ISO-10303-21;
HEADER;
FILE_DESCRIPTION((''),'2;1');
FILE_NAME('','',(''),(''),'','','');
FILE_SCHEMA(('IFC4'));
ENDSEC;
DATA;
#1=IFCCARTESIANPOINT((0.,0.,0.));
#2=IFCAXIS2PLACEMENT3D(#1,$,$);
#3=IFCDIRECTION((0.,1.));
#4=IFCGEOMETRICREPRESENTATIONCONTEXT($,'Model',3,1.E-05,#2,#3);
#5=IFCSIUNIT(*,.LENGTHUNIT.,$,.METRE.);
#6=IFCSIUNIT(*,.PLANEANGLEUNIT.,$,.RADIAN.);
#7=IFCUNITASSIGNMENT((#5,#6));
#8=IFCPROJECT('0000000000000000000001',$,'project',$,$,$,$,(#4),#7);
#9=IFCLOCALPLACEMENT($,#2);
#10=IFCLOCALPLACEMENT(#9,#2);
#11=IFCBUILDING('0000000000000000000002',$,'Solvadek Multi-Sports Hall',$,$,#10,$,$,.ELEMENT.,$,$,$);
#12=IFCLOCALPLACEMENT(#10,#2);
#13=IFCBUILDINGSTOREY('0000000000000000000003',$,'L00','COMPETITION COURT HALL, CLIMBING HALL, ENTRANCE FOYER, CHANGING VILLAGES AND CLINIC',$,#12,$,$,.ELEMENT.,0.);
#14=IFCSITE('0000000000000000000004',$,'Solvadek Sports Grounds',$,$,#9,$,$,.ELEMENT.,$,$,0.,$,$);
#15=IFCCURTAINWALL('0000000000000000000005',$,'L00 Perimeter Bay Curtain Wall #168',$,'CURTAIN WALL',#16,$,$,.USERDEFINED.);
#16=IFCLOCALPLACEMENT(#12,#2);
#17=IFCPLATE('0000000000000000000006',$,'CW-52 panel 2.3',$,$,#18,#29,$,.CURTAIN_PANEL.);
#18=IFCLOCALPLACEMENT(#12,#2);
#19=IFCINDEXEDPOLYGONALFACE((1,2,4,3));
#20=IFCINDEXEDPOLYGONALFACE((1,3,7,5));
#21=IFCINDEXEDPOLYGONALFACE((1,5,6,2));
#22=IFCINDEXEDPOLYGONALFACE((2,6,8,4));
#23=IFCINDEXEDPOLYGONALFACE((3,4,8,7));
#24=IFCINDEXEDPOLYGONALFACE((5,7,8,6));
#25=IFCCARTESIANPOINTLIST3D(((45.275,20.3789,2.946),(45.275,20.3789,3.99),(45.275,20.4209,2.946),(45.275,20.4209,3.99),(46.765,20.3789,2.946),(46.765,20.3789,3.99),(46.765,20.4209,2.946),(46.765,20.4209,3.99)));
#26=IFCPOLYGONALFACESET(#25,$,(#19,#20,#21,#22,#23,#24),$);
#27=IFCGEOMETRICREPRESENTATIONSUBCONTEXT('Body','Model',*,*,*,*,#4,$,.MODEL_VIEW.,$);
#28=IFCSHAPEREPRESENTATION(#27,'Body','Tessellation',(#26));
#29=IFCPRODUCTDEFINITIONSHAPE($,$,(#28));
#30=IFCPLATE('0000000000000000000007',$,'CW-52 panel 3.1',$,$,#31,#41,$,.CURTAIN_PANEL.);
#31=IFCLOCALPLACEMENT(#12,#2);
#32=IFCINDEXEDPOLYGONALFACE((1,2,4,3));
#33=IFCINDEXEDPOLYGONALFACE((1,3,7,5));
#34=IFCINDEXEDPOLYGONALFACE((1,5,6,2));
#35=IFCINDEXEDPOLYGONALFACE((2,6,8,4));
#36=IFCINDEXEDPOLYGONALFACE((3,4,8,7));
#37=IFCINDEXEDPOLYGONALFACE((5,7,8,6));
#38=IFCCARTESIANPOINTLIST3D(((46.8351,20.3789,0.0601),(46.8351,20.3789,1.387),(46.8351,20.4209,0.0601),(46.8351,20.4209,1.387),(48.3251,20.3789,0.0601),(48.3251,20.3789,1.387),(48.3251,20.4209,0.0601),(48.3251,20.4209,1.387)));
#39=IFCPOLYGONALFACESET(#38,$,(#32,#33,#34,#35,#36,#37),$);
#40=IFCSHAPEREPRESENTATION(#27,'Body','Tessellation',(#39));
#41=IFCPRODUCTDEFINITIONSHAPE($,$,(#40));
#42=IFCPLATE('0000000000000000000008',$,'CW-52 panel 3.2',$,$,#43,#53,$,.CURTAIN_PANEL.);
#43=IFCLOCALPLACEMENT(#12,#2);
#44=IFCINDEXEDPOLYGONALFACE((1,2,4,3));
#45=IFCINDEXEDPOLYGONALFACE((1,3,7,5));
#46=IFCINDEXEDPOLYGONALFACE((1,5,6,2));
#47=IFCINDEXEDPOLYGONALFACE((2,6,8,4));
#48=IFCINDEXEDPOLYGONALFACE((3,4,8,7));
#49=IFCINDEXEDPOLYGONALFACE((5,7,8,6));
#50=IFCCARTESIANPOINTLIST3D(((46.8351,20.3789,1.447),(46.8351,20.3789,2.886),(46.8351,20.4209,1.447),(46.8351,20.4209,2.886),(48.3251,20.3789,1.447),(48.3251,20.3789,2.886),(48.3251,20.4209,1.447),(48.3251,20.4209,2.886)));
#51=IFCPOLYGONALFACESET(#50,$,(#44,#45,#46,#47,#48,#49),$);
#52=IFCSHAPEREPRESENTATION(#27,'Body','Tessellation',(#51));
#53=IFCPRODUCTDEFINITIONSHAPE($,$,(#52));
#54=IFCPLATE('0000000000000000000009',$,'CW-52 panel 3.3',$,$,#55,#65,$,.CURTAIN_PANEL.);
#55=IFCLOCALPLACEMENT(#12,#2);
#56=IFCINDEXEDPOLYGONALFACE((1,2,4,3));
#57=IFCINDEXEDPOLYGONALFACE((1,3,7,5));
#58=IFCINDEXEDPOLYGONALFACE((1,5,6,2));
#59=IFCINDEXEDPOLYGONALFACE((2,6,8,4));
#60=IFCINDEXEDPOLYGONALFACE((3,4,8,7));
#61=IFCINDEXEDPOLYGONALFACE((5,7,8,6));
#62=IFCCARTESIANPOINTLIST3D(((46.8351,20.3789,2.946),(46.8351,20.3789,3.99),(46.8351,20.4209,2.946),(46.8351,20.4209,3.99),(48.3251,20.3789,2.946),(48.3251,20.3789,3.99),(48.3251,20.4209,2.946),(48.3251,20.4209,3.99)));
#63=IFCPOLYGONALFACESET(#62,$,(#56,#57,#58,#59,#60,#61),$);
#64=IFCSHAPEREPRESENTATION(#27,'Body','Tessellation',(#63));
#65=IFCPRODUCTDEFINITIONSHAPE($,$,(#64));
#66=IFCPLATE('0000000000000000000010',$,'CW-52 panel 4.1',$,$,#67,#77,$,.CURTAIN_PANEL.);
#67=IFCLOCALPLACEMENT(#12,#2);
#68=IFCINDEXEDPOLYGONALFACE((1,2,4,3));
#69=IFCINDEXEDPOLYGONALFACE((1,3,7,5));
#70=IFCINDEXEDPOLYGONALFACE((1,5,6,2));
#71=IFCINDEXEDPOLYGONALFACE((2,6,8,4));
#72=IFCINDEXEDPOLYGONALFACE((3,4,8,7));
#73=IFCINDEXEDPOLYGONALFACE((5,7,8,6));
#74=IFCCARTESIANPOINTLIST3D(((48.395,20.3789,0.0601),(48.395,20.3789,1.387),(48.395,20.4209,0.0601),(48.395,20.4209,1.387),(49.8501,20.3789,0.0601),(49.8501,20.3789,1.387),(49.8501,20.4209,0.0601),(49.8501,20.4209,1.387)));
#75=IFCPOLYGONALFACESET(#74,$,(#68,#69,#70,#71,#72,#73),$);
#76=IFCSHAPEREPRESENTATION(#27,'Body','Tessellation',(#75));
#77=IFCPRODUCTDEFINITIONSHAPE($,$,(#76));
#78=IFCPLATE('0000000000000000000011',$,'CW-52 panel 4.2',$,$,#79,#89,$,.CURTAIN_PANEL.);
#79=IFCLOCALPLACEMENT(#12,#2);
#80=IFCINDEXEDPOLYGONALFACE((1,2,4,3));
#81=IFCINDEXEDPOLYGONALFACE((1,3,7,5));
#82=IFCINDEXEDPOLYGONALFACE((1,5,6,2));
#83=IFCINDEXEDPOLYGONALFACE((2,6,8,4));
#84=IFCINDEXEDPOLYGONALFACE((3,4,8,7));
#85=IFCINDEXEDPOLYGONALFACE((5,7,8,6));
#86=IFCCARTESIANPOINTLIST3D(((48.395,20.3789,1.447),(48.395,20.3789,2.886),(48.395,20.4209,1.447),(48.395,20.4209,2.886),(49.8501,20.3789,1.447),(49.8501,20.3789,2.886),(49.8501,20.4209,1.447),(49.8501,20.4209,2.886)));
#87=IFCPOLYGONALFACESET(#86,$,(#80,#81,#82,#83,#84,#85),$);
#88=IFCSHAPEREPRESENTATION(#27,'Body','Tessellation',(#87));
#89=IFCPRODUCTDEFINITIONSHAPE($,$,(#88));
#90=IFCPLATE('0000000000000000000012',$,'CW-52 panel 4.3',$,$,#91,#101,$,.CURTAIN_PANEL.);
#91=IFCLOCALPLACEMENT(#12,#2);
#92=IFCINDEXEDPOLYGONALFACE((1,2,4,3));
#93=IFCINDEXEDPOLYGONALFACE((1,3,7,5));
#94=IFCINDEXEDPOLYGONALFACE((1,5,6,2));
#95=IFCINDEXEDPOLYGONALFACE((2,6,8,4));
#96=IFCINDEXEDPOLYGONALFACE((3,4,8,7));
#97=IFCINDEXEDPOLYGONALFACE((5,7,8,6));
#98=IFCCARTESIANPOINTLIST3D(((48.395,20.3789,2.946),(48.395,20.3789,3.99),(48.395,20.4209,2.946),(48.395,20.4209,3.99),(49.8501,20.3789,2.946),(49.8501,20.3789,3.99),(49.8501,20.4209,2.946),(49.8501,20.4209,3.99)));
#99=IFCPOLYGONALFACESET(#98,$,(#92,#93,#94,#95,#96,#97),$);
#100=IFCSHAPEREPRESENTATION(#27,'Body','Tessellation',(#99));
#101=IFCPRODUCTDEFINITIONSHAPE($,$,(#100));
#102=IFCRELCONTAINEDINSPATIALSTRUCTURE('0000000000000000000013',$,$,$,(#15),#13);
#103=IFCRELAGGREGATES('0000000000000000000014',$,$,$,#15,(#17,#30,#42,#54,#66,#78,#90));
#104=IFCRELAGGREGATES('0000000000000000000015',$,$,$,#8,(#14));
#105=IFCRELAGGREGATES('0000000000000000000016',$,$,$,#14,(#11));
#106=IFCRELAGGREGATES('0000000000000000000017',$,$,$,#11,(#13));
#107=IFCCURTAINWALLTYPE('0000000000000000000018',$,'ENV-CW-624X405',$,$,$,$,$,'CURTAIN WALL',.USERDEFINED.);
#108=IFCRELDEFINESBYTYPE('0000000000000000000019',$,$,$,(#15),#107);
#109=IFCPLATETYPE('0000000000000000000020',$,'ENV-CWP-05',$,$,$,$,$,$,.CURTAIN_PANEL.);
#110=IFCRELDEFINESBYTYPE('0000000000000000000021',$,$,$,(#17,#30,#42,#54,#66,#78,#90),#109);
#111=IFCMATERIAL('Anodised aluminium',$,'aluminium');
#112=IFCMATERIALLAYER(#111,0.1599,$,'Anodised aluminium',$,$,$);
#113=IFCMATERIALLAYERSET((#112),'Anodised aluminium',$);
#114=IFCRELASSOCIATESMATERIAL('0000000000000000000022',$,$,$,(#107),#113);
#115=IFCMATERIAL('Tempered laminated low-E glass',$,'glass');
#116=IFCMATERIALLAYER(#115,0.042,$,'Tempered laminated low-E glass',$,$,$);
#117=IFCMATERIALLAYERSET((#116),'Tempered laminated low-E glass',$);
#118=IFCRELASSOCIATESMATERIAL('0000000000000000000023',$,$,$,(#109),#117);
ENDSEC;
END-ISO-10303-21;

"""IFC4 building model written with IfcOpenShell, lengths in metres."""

from ifc_helpers import new_model, si_unit, direction, frame, origin, origin_2d, place, context, subcontext, project, spatial, rectangle, extrude, material, layer, layer_set, type_object, element, aggregate, save


model = new_model("IFC4")

# Units and contexts
model_context = context("Model", 3, precision=1e-05, world=origin(), true_north=direction((0.0, 1.0)))
body_context = subcontext(model_context, "Body", "Model", "MODEL_VIEW")
ifc_project = project(units=[si_unit("LENGTHUNIT", "METRE"), si_unit("PLANEANGLEUNIT", "RADIAN")], contexts=[model_context])

# Site, building, storey
site_placement = place(None, origin())
site = spatial("IfcSite", under=ifc_project, at=site_placement, Name="Solvadek Sports Grounds", CompositionType="ELEMENT", RefElevation=0.0)
building_placement = place(site_placement, origin())
building = spatial("IfcBuilding", under=site, at=building_placement, Name="Solvadek Multi-Sports Hall", CompositionType="ELEMENT")
storey_placement = place(building_placement, origin())
storey = spatial("IfcBuildingStorey", under=building, at=storey_placement, Name="L00", Description="COMPETITION COURT HALL, CLIMBING HALL, ENTRANCE FOYER, CHANGING VILLAGES AND CLINIC", CompositionType="ELEMENT", Elevation=0.0)

# Curtain wall
ifc_material_1 = material(Name="Anodised aluminium", Category="aluminium")
ifc_layer_1 = layer(ifc_material_1, 0.1599, Name="Anodised aluminium")
ifc_layer_set_1 = layer_set([ifc_layer_1], Name="Anodised aluminium")
curtain_wall_type = type_object("IfcCurtainWallType", Name="ENV-CW-624X405", ElementType="CURTAIN WALL", PredefinedType="USERDEFINED", material=ifc_layer_set_1)
curtain_wall_placement = place(storey_placement, origin())
curtain_wall = element("IfcCurtainWall", 1, at=curtain_wall_placement, inside=storey, type_object=curtain_wall_type, Name="L00 Perimeter Bay Curtain Wall #168", ObjectType="CURTAIN WALL", PredefinedType="USERDEFINED")

# Plates
ifc_material_2 = material(Name="Tempered laminated low-E glass", Category="glass")
ifc_layer_2 = layer(ifc_material_2, 0.042, Name="Tempered laminated low-E glass")
ifc_layer_set_2 = layer_set([ifc_layer_2], Name="Tempered laminated low-E glass")
plate_type = type_object("IfcPlateType", Name="ENV-CWP-05", PredefinedType="CURTAIN_PANEL", material=ifc_layer_set_2)
plate_1_placement = place(storey_placement, frame((46.02, 20.3999, 2.946), z_axis=(0.0, 0.0, 1.0), x_axis=(1.0, 0.0, 0.0)))
plate_1 = element("IfcPlate", 2, at=plate_1_placement, type_object=plate_type, Name="CW-52 panel 2.3", PredefinedType="CURTAIN_PANEL", context=body_context, shape_type="SweptSolid", body=[
    extrude(rectangle(XDim=1.49, YDim=0.042, at=origin_2d()), origin(), (0.0, 0.0, 1.0), 1.0439),
])
plate_2_placement = place(storey_placement, frame((47.5801, 20.3999, 0.0601), z_axis=(0.0, 0.0, 1.0), x_axis=(1.0, 0.0, 0.0)))
plate_2 = element("IfcPlate", 3, at=plate_2_placement, type_object=plate_type, Name="CW-52 panel 3.1", PredefinedType="CURTAIN_PANEL", context=body_context, shape_type="SweptSolid", body=[
    extrude(rectangle(XDim=1.49, YDim=0.042, at=origin_2d()), origin(), (0.0, 0.0, 1.0), 1.3269),
])
plate_3_placement = place(storey_placement, frame((47.5801, 20.3999, 1.447), z_axis=(0.0, 0.0, 1.0), x_axis=(1.0, 0.0, 0.0)))
plate_3 = element("IfcPlate", 4, at=plate_3_placement, type_object=plate_type, Name="CW-52 panel 3.2", PredefinedType="CURTAIN_PANEL", context=body_context, shape_type="SweptSolid", body=[
    extrude(rectangle(XDim=1.49, YDim=0.042, at=origin_2d()), origin(), (0.0, 0.0, 1.0), 1.439),
])
plate_4_placement = place(storey_placement, frame((47.5801, 20.3999, 2.946), z_axis=(0.0, 0.0, 1.0), x_axis=(1.0, 0.0, 0.0)))
plate_4 = element("IfcPlate", 5, at=plate_4_placement, type_object=plate_type, Name="CW-52 panel 3.3", PredefinedType="CURTAIN_PANEL", context=body_context, shape_type="SweptSolid", body=[
    extrude(rectangle(XDim=1.49, YDim=0.042, at=origin_2d()), origin(), (0.0, 0.0, 1.0), 1.0439),
])
plate_5_placement = place(storey_placement, frame((49.1226, 20.3999, 0.0601), z_axis=(0.0, 0.0, 1.0), x_axis=(1.0, 0.0, 0.0)))
plate_5 = element("IfcPlate", 6, at=plate_5_placement, type_object=plate_type, Name="CW-52 panel 4.1", PredefinedType="CURTAIN_PANEL", context=body_context, shape_type="SweptSolid", body=[
    extrude(rectangle(XDim=1.4551, YDim=0.042, at=origin_2d()), origin(), (0.0, 0.0, 1.0), 1.3269),
])
plate_6_placement = place(storey_placement, frame((49.1226, 20.3999, 1.447), z_axis=(0.0, 0.0, 1.0), x_axis=(1.0, 0.0, 0.0)))
plate_6 = element("IfcPlate", 7, at=plate_6_placement, type_object=plate_type, Name="CW-52 panel 4.2", PredefinedType="CURTAIN_PANEL", context=body_context, shape_type="SweptSolid", body=[
    extrude(rectangle(XDim=1.4551, YDim=0.042, at=origin_2d()), origin(), (0.0, 0.0, 1.0), 1.439),
])
plate_7_placement = place(storey_placement, frame((49.1226, 20.3999, 2.946), z_axis=(0.0, 0.0, 1.0), x_axis=(1.0, 0.0, 0.0)))
plate_7 = element("IfcPlate", 8, at=plate_7_placement, type_object=plate_type, Name="CW-52 panel 4.3", PredefinedType="CURTAIN_PANEL", context=body_context, shape_type="SweptSolid", body=[
    extrude(rectangle(XDim=1.4551, YDim=0.042, at=origin_2d()), origin(), (0.0, 0.0, 1.0), 1.0439),
])
aggregate(curtain_wall, [plate_1, plate_2, plate_3, plate_4, plate_5, plate_6, plate_7])

save(model, "model.ifc")
